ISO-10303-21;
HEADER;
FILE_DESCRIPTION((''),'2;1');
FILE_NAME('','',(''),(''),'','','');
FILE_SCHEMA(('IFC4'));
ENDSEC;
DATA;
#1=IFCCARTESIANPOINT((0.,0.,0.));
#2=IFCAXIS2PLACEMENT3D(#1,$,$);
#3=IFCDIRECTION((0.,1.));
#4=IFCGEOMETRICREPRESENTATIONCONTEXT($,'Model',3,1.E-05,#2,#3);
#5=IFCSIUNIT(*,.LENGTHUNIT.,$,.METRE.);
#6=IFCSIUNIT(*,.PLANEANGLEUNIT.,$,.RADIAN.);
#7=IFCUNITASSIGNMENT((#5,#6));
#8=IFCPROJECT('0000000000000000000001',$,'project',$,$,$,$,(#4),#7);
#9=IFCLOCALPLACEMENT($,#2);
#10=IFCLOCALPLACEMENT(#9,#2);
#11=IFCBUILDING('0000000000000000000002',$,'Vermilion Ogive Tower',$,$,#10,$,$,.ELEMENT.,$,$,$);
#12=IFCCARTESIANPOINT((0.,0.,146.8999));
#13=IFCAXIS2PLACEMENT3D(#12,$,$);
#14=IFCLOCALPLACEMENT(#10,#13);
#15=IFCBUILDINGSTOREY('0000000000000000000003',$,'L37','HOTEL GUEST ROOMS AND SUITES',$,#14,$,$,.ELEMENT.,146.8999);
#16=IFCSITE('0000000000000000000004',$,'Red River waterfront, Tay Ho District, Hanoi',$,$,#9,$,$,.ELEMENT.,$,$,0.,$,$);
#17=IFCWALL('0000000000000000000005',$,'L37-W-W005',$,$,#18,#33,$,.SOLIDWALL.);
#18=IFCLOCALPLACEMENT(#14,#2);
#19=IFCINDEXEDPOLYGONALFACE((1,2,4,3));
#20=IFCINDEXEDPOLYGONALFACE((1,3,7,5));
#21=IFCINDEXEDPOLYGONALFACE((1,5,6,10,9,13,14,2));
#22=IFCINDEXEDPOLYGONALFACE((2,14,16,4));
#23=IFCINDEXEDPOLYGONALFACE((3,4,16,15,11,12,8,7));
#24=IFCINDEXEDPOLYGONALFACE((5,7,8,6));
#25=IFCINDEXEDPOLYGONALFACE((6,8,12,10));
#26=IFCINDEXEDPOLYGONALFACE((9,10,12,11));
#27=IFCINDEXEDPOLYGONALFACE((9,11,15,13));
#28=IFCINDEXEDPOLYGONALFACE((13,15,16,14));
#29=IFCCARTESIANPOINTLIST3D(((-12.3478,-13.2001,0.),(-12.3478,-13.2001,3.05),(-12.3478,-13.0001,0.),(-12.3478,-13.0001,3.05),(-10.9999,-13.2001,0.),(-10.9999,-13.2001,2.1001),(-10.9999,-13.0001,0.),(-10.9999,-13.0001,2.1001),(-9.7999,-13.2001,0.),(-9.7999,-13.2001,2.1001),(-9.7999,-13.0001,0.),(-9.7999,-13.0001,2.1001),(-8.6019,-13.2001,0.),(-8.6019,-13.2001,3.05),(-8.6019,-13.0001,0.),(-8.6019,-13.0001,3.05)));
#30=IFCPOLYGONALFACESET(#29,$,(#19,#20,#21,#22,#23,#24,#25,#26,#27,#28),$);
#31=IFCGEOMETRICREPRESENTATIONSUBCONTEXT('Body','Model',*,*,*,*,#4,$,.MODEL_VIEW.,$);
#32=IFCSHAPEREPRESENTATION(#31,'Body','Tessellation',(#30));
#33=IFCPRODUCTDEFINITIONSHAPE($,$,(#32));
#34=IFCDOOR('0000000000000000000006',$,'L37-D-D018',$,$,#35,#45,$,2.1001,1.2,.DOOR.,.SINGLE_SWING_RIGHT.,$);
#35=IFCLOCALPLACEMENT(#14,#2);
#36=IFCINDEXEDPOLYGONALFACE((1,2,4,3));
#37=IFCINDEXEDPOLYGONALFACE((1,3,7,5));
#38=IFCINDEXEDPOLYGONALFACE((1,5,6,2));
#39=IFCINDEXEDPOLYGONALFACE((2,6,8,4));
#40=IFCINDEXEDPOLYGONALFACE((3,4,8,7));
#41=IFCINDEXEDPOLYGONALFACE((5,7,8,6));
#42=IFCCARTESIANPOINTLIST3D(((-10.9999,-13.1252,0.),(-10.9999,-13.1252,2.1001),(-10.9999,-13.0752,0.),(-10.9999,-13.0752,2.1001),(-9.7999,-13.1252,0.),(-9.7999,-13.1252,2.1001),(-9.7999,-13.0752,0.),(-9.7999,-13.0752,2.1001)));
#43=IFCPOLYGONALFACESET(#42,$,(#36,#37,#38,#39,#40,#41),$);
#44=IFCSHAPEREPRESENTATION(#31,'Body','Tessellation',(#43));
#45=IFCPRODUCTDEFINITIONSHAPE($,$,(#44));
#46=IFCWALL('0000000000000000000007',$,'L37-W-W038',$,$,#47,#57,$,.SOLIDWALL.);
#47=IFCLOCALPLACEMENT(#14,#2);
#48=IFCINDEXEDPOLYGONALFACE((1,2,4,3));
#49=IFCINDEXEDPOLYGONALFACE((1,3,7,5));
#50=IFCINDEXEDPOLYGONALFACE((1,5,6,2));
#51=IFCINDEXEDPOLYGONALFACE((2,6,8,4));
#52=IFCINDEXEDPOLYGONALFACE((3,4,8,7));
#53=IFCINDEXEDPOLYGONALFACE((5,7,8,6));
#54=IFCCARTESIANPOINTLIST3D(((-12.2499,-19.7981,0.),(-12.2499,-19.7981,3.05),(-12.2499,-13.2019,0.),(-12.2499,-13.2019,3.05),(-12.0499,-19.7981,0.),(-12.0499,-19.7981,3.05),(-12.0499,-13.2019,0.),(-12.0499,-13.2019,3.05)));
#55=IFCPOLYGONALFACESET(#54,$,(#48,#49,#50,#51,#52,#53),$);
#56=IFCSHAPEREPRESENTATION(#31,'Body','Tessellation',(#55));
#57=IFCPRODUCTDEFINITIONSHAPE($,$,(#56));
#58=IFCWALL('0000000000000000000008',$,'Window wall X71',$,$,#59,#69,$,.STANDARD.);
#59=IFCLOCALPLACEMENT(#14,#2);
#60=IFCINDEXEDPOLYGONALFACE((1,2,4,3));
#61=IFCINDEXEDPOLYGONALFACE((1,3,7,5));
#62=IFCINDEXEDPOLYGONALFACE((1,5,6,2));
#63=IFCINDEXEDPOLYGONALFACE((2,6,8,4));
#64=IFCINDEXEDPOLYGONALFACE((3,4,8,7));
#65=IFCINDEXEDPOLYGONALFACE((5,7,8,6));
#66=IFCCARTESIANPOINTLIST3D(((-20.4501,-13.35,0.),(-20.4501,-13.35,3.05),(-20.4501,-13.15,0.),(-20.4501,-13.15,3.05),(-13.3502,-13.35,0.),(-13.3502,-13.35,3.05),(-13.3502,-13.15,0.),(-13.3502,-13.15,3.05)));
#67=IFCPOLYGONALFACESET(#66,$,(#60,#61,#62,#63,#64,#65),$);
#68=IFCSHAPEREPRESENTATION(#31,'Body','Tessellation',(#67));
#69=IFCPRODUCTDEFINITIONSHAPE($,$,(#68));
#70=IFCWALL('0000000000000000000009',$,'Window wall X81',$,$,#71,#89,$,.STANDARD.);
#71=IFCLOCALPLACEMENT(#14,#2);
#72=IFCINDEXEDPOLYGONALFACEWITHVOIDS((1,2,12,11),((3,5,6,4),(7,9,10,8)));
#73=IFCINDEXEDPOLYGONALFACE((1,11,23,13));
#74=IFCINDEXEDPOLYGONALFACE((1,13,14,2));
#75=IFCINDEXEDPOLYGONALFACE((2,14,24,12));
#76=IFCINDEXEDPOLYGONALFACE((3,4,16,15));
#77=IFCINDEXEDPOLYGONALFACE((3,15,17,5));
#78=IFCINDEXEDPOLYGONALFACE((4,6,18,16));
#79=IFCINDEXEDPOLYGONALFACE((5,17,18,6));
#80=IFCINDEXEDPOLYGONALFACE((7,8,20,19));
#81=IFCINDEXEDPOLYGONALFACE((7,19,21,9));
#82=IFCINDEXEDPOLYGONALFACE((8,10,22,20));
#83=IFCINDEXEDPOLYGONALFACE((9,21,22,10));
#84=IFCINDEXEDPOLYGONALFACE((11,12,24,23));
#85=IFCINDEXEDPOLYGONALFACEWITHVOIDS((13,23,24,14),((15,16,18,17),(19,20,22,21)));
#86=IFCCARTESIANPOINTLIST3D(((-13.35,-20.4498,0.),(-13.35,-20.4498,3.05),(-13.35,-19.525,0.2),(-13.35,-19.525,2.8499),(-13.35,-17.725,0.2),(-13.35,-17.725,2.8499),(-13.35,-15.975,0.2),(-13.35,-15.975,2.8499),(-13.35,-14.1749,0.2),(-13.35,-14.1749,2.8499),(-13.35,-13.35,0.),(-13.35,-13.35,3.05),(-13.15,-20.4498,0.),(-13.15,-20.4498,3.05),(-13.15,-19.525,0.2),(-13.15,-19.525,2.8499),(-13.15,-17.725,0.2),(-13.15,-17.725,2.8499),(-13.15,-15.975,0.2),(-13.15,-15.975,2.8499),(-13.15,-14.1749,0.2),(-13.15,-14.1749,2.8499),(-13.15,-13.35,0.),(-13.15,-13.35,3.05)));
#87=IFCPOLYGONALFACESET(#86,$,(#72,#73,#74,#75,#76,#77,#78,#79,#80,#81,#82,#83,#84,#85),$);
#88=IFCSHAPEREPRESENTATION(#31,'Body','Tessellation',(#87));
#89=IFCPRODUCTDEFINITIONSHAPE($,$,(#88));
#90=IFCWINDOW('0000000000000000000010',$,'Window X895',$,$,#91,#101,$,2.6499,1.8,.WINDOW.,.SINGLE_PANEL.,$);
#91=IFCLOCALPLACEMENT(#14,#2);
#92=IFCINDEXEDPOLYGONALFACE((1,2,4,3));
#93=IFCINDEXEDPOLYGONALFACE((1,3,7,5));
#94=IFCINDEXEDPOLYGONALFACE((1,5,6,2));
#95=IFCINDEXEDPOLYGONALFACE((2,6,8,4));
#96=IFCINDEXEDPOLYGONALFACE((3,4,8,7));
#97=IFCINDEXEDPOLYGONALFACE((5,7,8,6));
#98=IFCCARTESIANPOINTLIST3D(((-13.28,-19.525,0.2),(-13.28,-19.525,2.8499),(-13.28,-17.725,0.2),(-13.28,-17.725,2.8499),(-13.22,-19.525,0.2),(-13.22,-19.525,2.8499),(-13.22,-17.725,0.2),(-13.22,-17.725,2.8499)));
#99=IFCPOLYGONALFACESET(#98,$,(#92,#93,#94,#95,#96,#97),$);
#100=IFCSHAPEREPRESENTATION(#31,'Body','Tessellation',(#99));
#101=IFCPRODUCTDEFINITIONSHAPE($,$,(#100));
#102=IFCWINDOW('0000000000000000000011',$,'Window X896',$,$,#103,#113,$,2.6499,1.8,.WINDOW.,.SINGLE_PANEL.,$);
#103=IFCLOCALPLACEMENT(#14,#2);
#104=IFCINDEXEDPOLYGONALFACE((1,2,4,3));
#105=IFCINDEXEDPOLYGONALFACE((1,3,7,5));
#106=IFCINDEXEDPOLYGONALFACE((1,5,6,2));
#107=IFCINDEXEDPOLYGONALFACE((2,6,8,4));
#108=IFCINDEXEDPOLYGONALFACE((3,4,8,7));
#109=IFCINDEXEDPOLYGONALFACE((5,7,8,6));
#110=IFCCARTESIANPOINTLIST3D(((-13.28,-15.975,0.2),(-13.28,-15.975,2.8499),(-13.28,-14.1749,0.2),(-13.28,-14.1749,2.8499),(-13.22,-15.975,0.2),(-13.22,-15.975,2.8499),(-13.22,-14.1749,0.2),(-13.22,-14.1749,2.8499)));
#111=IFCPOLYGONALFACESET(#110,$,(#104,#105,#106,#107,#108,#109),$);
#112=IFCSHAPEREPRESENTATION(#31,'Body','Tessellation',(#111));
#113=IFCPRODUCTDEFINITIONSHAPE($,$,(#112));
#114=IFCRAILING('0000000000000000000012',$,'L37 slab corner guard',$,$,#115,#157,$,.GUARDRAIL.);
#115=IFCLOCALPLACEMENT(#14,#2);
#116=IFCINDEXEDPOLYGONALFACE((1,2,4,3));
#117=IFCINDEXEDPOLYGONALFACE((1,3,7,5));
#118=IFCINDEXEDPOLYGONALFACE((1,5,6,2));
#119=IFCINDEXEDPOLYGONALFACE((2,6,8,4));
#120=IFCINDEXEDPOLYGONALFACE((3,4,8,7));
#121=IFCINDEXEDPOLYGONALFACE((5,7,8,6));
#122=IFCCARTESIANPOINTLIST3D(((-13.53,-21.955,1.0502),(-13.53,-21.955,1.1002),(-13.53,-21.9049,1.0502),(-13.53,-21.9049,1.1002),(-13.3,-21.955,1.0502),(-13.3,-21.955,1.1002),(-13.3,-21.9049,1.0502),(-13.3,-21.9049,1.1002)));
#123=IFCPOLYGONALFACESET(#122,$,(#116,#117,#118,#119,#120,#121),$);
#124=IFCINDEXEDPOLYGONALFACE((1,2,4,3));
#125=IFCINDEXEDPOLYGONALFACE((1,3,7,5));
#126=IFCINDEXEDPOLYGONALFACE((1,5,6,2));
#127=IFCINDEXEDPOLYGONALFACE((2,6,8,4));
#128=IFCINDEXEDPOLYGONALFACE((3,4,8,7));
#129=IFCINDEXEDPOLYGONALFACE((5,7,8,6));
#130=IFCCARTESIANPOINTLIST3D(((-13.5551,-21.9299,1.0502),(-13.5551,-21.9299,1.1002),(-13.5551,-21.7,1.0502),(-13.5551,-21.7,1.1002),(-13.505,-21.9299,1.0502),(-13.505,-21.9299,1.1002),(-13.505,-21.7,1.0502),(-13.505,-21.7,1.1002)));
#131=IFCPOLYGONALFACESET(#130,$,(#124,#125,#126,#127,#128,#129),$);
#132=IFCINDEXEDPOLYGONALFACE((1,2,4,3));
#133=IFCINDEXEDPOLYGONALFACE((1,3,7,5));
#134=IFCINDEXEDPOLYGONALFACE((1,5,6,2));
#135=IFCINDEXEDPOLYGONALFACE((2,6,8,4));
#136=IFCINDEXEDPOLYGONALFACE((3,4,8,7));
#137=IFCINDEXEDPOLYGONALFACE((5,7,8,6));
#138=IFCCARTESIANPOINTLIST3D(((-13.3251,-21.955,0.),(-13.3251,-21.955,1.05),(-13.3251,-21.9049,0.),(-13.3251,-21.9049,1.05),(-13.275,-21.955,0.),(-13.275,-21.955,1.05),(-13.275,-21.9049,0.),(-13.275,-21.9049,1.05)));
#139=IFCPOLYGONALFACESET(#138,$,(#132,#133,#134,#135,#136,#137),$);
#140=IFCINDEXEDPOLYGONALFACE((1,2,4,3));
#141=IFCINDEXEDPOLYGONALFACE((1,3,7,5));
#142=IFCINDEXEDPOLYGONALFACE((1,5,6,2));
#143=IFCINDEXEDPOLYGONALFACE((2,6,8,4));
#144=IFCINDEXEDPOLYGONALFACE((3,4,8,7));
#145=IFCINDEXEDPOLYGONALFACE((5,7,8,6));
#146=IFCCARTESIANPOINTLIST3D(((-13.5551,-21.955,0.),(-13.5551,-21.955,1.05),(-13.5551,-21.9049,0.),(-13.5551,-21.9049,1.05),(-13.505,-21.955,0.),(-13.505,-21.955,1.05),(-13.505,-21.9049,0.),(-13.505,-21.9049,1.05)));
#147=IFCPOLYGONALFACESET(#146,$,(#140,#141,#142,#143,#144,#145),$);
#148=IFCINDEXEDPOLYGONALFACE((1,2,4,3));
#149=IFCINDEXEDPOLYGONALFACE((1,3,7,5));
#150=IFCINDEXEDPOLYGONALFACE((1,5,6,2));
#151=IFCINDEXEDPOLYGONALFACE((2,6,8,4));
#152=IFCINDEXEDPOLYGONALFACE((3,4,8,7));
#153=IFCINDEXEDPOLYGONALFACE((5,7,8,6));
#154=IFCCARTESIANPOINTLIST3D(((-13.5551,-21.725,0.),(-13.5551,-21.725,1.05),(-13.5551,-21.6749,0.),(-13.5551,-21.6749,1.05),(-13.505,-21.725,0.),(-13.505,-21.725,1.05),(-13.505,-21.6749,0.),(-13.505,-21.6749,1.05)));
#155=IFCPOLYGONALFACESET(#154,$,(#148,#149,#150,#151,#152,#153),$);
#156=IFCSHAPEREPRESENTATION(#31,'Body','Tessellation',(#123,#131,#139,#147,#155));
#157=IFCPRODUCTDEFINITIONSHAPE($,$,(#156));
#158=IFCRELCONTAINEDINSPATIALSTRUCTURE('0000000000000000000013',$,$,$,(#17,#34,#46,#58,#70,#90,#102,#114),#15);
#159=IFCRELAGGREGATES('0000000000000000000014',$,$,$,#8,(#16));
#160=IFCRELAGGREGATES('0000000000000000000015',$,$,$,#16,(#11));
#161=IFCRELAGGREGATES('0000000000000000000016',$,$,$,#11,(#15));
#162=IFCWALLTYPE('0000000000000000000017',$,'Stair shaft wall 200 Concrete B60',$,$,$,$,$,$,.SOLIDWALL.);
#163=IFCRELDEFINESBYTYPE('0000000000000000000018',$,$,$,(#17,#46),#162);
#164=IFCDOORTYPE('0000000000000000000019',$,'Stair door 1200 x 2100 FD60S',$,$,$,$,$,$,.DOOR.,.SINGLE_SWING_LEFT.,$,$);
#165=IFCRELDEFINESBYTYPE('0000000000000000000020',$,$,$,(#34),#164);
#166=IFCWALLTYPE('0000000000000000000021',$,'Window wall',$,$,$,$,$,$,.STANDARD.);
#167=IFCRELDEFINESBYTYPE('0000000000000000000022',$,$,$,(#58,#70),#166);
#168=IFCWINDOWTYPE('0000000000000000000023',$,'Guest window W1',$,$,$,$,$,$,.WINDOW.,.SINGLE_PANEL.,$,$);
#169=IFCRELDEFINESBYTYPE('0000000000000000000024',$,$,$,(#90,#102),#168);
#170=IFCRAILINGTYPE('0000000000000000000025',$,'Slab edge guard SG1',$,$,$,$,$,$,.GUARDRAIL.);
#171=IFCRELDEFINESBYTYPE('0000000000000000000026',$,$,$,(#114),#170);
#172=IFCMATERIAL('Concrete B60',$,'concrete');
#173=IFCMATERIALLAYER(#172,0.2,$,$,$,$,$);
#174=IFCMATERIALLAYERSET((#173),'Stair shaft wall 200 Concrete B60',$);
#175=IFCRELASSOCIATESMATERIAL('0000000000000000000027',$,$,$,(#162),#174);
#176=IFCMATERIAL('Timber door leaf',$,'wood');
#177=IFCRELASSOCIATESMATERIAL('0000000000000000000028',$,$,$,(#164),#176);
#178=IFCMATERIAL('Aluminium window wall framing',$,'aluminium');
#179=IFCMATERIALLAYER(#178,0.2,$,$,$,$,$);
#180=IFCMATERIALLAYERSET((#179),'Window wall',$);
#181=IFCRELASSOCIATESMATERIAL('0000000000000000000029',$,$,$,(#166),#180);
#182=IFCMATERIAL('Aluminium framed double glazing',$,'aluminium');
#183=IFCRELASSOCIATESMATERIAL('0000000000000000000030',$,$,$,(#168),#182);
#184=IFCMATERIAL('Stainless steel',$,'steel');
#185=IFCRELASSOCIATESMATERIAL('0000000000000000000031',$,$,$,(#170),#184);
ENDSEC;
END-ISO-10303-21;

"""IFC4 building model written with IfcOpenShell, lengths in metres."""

from ifc_helpers import new_model, si_unit, direction, frame, frame_2d, origin, origin_2d, place, context, subcontext, project, spatial, rectangle, extrude, material, layer, layer_set, type_object, element, fill, save


model = new_model("IFC4")

# Units and contexts
model_context = context("Model", 3, precision=1e-05, world=origin(), true_north=direction((0.0, 1.0)))
body_context = subcontext(model_context, "Body", "Model", "MODEL_VIEW")
ifc_project = project(units=[si_unit("LENGTHUNIT", "METRE"), si_unit("PLANEANGLEUNIT", "RADIAN")], contexts=[model_context])

# Site, building, storey
site_placement = place(None, origin())
site = spatial("IfcSite", under=ifc_project, at=site_placement, Name="Red River waterfront, Tay Ho District, Hanoi", CompositionType="ELEMENT", RefElevation=0.0)
building_placement = place(site_placement, origin())
building = spatial("IfcBuilding", under=site, at=building_placement, Name="Vermilion Ogive Tower", CompositionType="ELEMENT")
storey_placement = place(building_placement, frame((0.0, 0.0, 146.8999)))
storey = spatial("IfcBuildingStorey", under=building, at=storey_placement, Name="L37", Description="HOTEL GUEST ROOMS AND SUITES", CompositionType="ELEMENT", Elevation=146.8999)

# Shared definitions
ifc_material_1 = material(Name="Concrete B60", Category="concrete")
ifc_layer_1 = layer(ifc_material_1, 0.2)
ifc_layer_set_1 = layer_set([ifc_layer_1], Name="Stair shaft wall 200 Concrete B60")
wall_type_1 = type_object("IfcWallType", Name="Stair shaft wall 200 Concrete B60", PredefinedType="SOLIDWALL", material=ifc_layer_set_1)

# Wall, opening, door
wall_1_placement = place(storey_placement, frame((-12.3479, -13.1001, 0.0), z_axis=(0.0, 0.0, 1.0), x_axis=(1.0, 0.0, 0.0)))
wall_1 = element("IfcWall", 1, at=wall_1_placement, inside=storey, type_object=wall_type_1, Name="L37-W-W005", PredefinedType="SOLIDWALL", context=body_context, shape_type="SweptSolid", body=[
    extrude(rectangle(XDim=3.7458, YDim=0.2, at=frame_2d((1.873, 0.0))), origin(), (0.0, 0.0, 1.0), 3.05),
])
opening_1_placement = place(wall_1_placement, frame((1.3479, 0.0, 0.0)))
opening_1 = element("IfcOpeningElement", 2, at=opening_1_placement, cuts=wall_1, PredefinedType="OPENING", context=body_context, shape_type="SweptSolid", body=[
    extrude(rectangle(XDim=1.2, YDim=2.1001, at=frame_2d((0.6001, 1.05))), frame((0.0, 0.1099, 0.0), z_axis=(0.0, -1.0, 0.0), x_axis=(1.0, 0.0, 0.0)), (0.0, 0.0, 1.0), 0.22),
])
ifc_material_2 = material(Name="Timber door leaf", Category="wood")
door_type = type_object("IfcDoorType", Name="Stair door 1200 x 2100 FD60S", OperationType="SINGLE_SWING_LEFT", PredefinedType="DOOR", material=ifc_material_2)
door_placement = place(opening_1_placement, origin())
door = element("IfcDoor", 3, at=door_placement, inside=storey, type_object=door_type, Name="L37-D-D018", OperationType="SINGLE_SWING_RIGHT", OverallHeight=2.1001, OverallWidth=1.2, PredefinedType="DOOR", context=body_context, shape_type="SweptSolid", body=[
    extrude(rectangle(XDim=1.2, YDim=2.1001, at=frame_2d((0.6001, 1.05))), frame((0.0, 0.0249, 0.0), z_axis=(0.0, -1.0, 0.0), x_axis=(1.0, 0.0, 0.0)), (0.0, 0.0, 1.0), 0.05),
])
fill(opening_1, door)

# Walls
wall_2_placement = place(storey_placement, frame((-12.1499, -19.7981, 0.0), z_axis=(0.0, 0.0, 1.0), x_axis=(0.0, 1.0, 0.0)))
element("IfcWall", 4, at=wall_2_placement, inside=storey, type_object=wall_type_1, Name="L37-W-W038", PredefinedType="SOLIDWALL", context=body_context, shape_type="SweptSolid", body=[
    extrude(rectangle(XDim=6.5962, YDim=0.2, at=frame_2d((3.2981, 0.0))), origin(), (0.0, 0.0, 1.0), 3.05),
])
ifc_material_3 = material(Name="Aluminium window wall framing", Category="aluminium")
ifc_layer_2 = layer(ifc_material_3, 0.2)
ifc_layer_set_2 = layer_set([ifc_layer_2], Name="Window wall")
wall_type_2 = type_object("IfcWallType", Name="Window wall", PredefinedType="STANDARD", material=ifc_layer_set_2)
wall_3_placement = place(storey_placement, frame((-20.45, -13.25, 0.0), z_axis=(0.0, 0.0, 1.0), x_axis=(1.0, 0.0, 0.0)))
element("IfcWall", 5, at=wall_3_placement, inside=storey, type_object=wall_type_2, Name="Window wall X71", PredefinedType="STANDARD", context=body_context, shape_type="SweptSolid", body=[
    extrude(rectangle(XDim=7.0999, YDim=0.2, at=frame_2d((3.5498, 0.0))), origin(), (0.0, 0.0, 1.0), 3.05),
])

# Wall, openings, windows
wall_4_placement = place(storey_placement, frame((-13.25, -13.3501, 0.0), z_axis=(0.0, 0.0, 1.0), x_axis=(0.0, -1.0, 0.0)))
wall_4 = element("IfcWall", 6, at=wall_4_placement, inside=storey, type_object=wall_type_2, Name="Window wall X81", PredefinedType="STANDARD", context=body_context, shape_type="SweptSolid", body=[
    extrude(rectangle(XDim=7.0999, YDim=0.2, at=frame_2d((3.5498, 0.0))), origin(), (0.0, 0.0, 1.0), 3.05),
])
opening_2_placement = place(wall_4_placement, frame((4.375, 0.0, 0.2)))
opening_2 = element("IfcOpeningElement", 7, at=opening_2_placement, cuts=wall_4, PredefinedType="OPENING", context=body_context, shape_type="SweptSolid", body=[
    extrude(rectangle(XDim=1.8, YDim=2.6499, at=frame_2d((0.8999, 1.325))), frame((0.0, 0.1099, 0.0), z_axis=(0.0, -1.0, 0.0), x_axis=(1.0, 0.0, 0.0)), (0.0, 0.0, 1.0), 0.22),
])
opening_3_placement = place(wall_4_placement, frame((0.825, 0.0, 0.2)))
opening_3 = element("IfcOpeningElement", 8, at=opening_3_placement, cuts=wall_4, PredefinedType="OPENING", context=body_context, shape_type="SweptSolid", body=[
    extrude(rectangle(XDim=1.8, YDim=2.6499, at=frame_2d((0.8999, 1.325))), frame((0.0, 0.1099, 0.0), z_axis=(0.0, -1.0, 0.0), x_axis=(1.0, 0.0, 0.0)), (0.0, 0.0, 1.0), 0.22),
])
ifc_material_4 = material(Name="Aluminium framed double glazing", Category="aluminium")
window_type = type_object("IfcWindowType", Name="Guest window W1", PartitioningType="SINGLE_PANEL", PredefinedType="WINDOW", material=ifc_material_4)
window_1_placement = place(opening_2_placement, origin())
window_1 = element("IfcWindow", 9, at=window_1_placement, inside=storey, type_object=window_type, Name="Window X895", OverallHeight=2.6499, OverallWidth=1.8, PartitioningType="SINGLE_PANEL", PredefinedType="WINDOW", context=body_context, shape_type="SweptSolid", body=[
    extrude(rectangle(XDim=1.8, YDim=2.6499, at=frame_2d((0.8999, 1.325))), frame((0.0, 0.03, 0.0), z_axis=(0.0, -1.0, 0.0), x_axis=(1.0, 0.0, 0.0)), (0.0, 0.0, 1.0), 0.0601),
])
fill(opening_2, window_1)
window_2_placement = place(opening_3_placement, origin())
window_2 = element("IfcWindow", 10, at=window_2_placement, inside=storey, type_object=window_type, Name="Window X896", OverallHeight=2.6499, OverallWidth=1.8, PartitioningType="SINGLE_PANEL", PredefinedType="WINDOW", context=body_context, shape_type="SweptSolid", body=[
    extrude(rectangle(XDim=1.8, YDim=2.6499, at=frame_2d((0.8999, 1.325))), frame((0.0, 0.03, 0.0), z_axis=(0.0, -1.0, 0.0), x_axis=(1.0, 0.0, 0.0)), (0.0, 0.0, 1.0), 0.0601),
])
fill(opening_3, window_2)

# Railing
ifc_material_5 = material(Name="Stainless steel", Category="steel")
railing_type_1 = type_object("IfcRailingType", Name="Slab edge guard SG1", PredefinedType="GUARDRAIL", material=ifc_material_5)
railing_1_placement = place(storey_placement, frame((-13.3, -21.9299, 0.0)))
element("IfcRailing", 11, at=railing_1_placement, inside=storey, type_object=railing_type_1, Name="L37 slab corner guard", PredefinedType="GUARDRAIL", context=body_context, shape_type="SweptSolid", body=[
    extrude(rectangle(XDim=0.05, YDim=0.05, at=origin_2d()), frame((0.0, 0.0, 1.0752), z_axis=(-1.0, 0.0, 0.0), x_axis=(0.0, -1.0, 0.0)), (0.0, 0.0, 1.0), 0.23),
    extrude(rectangle(XDim=0.05, YDim=0.05, at=origin_2d()), frame((-0.23, 0.0, 1.0752), z_axis=(0.0, 1.0, 0.0), x_axis=(-1.0, 0.0, 0.0)), (0.0, 0.0, 1.0), 0.23),
    extrude(rectangle(XDim=0.05, YDim=0.05, at=origin_2d()), origin(), (0.0, 0.0, 1.0), 1.05),
    extrude(rectangle(XDim=0.05, YDim=0.05, at=origin_2d()), frame((-0.23, 0.0, 0.0)), (0.0, 0.0, 1.0), 1.05),
    extrude(rectangle(XDim=0.05, YDim=0.05, at=origin_2d()), frame((-0.23, 0.23, 0.0)), (0.0, 0.0, 1.0), 1.05),
])

save(model, "model.ifc")
